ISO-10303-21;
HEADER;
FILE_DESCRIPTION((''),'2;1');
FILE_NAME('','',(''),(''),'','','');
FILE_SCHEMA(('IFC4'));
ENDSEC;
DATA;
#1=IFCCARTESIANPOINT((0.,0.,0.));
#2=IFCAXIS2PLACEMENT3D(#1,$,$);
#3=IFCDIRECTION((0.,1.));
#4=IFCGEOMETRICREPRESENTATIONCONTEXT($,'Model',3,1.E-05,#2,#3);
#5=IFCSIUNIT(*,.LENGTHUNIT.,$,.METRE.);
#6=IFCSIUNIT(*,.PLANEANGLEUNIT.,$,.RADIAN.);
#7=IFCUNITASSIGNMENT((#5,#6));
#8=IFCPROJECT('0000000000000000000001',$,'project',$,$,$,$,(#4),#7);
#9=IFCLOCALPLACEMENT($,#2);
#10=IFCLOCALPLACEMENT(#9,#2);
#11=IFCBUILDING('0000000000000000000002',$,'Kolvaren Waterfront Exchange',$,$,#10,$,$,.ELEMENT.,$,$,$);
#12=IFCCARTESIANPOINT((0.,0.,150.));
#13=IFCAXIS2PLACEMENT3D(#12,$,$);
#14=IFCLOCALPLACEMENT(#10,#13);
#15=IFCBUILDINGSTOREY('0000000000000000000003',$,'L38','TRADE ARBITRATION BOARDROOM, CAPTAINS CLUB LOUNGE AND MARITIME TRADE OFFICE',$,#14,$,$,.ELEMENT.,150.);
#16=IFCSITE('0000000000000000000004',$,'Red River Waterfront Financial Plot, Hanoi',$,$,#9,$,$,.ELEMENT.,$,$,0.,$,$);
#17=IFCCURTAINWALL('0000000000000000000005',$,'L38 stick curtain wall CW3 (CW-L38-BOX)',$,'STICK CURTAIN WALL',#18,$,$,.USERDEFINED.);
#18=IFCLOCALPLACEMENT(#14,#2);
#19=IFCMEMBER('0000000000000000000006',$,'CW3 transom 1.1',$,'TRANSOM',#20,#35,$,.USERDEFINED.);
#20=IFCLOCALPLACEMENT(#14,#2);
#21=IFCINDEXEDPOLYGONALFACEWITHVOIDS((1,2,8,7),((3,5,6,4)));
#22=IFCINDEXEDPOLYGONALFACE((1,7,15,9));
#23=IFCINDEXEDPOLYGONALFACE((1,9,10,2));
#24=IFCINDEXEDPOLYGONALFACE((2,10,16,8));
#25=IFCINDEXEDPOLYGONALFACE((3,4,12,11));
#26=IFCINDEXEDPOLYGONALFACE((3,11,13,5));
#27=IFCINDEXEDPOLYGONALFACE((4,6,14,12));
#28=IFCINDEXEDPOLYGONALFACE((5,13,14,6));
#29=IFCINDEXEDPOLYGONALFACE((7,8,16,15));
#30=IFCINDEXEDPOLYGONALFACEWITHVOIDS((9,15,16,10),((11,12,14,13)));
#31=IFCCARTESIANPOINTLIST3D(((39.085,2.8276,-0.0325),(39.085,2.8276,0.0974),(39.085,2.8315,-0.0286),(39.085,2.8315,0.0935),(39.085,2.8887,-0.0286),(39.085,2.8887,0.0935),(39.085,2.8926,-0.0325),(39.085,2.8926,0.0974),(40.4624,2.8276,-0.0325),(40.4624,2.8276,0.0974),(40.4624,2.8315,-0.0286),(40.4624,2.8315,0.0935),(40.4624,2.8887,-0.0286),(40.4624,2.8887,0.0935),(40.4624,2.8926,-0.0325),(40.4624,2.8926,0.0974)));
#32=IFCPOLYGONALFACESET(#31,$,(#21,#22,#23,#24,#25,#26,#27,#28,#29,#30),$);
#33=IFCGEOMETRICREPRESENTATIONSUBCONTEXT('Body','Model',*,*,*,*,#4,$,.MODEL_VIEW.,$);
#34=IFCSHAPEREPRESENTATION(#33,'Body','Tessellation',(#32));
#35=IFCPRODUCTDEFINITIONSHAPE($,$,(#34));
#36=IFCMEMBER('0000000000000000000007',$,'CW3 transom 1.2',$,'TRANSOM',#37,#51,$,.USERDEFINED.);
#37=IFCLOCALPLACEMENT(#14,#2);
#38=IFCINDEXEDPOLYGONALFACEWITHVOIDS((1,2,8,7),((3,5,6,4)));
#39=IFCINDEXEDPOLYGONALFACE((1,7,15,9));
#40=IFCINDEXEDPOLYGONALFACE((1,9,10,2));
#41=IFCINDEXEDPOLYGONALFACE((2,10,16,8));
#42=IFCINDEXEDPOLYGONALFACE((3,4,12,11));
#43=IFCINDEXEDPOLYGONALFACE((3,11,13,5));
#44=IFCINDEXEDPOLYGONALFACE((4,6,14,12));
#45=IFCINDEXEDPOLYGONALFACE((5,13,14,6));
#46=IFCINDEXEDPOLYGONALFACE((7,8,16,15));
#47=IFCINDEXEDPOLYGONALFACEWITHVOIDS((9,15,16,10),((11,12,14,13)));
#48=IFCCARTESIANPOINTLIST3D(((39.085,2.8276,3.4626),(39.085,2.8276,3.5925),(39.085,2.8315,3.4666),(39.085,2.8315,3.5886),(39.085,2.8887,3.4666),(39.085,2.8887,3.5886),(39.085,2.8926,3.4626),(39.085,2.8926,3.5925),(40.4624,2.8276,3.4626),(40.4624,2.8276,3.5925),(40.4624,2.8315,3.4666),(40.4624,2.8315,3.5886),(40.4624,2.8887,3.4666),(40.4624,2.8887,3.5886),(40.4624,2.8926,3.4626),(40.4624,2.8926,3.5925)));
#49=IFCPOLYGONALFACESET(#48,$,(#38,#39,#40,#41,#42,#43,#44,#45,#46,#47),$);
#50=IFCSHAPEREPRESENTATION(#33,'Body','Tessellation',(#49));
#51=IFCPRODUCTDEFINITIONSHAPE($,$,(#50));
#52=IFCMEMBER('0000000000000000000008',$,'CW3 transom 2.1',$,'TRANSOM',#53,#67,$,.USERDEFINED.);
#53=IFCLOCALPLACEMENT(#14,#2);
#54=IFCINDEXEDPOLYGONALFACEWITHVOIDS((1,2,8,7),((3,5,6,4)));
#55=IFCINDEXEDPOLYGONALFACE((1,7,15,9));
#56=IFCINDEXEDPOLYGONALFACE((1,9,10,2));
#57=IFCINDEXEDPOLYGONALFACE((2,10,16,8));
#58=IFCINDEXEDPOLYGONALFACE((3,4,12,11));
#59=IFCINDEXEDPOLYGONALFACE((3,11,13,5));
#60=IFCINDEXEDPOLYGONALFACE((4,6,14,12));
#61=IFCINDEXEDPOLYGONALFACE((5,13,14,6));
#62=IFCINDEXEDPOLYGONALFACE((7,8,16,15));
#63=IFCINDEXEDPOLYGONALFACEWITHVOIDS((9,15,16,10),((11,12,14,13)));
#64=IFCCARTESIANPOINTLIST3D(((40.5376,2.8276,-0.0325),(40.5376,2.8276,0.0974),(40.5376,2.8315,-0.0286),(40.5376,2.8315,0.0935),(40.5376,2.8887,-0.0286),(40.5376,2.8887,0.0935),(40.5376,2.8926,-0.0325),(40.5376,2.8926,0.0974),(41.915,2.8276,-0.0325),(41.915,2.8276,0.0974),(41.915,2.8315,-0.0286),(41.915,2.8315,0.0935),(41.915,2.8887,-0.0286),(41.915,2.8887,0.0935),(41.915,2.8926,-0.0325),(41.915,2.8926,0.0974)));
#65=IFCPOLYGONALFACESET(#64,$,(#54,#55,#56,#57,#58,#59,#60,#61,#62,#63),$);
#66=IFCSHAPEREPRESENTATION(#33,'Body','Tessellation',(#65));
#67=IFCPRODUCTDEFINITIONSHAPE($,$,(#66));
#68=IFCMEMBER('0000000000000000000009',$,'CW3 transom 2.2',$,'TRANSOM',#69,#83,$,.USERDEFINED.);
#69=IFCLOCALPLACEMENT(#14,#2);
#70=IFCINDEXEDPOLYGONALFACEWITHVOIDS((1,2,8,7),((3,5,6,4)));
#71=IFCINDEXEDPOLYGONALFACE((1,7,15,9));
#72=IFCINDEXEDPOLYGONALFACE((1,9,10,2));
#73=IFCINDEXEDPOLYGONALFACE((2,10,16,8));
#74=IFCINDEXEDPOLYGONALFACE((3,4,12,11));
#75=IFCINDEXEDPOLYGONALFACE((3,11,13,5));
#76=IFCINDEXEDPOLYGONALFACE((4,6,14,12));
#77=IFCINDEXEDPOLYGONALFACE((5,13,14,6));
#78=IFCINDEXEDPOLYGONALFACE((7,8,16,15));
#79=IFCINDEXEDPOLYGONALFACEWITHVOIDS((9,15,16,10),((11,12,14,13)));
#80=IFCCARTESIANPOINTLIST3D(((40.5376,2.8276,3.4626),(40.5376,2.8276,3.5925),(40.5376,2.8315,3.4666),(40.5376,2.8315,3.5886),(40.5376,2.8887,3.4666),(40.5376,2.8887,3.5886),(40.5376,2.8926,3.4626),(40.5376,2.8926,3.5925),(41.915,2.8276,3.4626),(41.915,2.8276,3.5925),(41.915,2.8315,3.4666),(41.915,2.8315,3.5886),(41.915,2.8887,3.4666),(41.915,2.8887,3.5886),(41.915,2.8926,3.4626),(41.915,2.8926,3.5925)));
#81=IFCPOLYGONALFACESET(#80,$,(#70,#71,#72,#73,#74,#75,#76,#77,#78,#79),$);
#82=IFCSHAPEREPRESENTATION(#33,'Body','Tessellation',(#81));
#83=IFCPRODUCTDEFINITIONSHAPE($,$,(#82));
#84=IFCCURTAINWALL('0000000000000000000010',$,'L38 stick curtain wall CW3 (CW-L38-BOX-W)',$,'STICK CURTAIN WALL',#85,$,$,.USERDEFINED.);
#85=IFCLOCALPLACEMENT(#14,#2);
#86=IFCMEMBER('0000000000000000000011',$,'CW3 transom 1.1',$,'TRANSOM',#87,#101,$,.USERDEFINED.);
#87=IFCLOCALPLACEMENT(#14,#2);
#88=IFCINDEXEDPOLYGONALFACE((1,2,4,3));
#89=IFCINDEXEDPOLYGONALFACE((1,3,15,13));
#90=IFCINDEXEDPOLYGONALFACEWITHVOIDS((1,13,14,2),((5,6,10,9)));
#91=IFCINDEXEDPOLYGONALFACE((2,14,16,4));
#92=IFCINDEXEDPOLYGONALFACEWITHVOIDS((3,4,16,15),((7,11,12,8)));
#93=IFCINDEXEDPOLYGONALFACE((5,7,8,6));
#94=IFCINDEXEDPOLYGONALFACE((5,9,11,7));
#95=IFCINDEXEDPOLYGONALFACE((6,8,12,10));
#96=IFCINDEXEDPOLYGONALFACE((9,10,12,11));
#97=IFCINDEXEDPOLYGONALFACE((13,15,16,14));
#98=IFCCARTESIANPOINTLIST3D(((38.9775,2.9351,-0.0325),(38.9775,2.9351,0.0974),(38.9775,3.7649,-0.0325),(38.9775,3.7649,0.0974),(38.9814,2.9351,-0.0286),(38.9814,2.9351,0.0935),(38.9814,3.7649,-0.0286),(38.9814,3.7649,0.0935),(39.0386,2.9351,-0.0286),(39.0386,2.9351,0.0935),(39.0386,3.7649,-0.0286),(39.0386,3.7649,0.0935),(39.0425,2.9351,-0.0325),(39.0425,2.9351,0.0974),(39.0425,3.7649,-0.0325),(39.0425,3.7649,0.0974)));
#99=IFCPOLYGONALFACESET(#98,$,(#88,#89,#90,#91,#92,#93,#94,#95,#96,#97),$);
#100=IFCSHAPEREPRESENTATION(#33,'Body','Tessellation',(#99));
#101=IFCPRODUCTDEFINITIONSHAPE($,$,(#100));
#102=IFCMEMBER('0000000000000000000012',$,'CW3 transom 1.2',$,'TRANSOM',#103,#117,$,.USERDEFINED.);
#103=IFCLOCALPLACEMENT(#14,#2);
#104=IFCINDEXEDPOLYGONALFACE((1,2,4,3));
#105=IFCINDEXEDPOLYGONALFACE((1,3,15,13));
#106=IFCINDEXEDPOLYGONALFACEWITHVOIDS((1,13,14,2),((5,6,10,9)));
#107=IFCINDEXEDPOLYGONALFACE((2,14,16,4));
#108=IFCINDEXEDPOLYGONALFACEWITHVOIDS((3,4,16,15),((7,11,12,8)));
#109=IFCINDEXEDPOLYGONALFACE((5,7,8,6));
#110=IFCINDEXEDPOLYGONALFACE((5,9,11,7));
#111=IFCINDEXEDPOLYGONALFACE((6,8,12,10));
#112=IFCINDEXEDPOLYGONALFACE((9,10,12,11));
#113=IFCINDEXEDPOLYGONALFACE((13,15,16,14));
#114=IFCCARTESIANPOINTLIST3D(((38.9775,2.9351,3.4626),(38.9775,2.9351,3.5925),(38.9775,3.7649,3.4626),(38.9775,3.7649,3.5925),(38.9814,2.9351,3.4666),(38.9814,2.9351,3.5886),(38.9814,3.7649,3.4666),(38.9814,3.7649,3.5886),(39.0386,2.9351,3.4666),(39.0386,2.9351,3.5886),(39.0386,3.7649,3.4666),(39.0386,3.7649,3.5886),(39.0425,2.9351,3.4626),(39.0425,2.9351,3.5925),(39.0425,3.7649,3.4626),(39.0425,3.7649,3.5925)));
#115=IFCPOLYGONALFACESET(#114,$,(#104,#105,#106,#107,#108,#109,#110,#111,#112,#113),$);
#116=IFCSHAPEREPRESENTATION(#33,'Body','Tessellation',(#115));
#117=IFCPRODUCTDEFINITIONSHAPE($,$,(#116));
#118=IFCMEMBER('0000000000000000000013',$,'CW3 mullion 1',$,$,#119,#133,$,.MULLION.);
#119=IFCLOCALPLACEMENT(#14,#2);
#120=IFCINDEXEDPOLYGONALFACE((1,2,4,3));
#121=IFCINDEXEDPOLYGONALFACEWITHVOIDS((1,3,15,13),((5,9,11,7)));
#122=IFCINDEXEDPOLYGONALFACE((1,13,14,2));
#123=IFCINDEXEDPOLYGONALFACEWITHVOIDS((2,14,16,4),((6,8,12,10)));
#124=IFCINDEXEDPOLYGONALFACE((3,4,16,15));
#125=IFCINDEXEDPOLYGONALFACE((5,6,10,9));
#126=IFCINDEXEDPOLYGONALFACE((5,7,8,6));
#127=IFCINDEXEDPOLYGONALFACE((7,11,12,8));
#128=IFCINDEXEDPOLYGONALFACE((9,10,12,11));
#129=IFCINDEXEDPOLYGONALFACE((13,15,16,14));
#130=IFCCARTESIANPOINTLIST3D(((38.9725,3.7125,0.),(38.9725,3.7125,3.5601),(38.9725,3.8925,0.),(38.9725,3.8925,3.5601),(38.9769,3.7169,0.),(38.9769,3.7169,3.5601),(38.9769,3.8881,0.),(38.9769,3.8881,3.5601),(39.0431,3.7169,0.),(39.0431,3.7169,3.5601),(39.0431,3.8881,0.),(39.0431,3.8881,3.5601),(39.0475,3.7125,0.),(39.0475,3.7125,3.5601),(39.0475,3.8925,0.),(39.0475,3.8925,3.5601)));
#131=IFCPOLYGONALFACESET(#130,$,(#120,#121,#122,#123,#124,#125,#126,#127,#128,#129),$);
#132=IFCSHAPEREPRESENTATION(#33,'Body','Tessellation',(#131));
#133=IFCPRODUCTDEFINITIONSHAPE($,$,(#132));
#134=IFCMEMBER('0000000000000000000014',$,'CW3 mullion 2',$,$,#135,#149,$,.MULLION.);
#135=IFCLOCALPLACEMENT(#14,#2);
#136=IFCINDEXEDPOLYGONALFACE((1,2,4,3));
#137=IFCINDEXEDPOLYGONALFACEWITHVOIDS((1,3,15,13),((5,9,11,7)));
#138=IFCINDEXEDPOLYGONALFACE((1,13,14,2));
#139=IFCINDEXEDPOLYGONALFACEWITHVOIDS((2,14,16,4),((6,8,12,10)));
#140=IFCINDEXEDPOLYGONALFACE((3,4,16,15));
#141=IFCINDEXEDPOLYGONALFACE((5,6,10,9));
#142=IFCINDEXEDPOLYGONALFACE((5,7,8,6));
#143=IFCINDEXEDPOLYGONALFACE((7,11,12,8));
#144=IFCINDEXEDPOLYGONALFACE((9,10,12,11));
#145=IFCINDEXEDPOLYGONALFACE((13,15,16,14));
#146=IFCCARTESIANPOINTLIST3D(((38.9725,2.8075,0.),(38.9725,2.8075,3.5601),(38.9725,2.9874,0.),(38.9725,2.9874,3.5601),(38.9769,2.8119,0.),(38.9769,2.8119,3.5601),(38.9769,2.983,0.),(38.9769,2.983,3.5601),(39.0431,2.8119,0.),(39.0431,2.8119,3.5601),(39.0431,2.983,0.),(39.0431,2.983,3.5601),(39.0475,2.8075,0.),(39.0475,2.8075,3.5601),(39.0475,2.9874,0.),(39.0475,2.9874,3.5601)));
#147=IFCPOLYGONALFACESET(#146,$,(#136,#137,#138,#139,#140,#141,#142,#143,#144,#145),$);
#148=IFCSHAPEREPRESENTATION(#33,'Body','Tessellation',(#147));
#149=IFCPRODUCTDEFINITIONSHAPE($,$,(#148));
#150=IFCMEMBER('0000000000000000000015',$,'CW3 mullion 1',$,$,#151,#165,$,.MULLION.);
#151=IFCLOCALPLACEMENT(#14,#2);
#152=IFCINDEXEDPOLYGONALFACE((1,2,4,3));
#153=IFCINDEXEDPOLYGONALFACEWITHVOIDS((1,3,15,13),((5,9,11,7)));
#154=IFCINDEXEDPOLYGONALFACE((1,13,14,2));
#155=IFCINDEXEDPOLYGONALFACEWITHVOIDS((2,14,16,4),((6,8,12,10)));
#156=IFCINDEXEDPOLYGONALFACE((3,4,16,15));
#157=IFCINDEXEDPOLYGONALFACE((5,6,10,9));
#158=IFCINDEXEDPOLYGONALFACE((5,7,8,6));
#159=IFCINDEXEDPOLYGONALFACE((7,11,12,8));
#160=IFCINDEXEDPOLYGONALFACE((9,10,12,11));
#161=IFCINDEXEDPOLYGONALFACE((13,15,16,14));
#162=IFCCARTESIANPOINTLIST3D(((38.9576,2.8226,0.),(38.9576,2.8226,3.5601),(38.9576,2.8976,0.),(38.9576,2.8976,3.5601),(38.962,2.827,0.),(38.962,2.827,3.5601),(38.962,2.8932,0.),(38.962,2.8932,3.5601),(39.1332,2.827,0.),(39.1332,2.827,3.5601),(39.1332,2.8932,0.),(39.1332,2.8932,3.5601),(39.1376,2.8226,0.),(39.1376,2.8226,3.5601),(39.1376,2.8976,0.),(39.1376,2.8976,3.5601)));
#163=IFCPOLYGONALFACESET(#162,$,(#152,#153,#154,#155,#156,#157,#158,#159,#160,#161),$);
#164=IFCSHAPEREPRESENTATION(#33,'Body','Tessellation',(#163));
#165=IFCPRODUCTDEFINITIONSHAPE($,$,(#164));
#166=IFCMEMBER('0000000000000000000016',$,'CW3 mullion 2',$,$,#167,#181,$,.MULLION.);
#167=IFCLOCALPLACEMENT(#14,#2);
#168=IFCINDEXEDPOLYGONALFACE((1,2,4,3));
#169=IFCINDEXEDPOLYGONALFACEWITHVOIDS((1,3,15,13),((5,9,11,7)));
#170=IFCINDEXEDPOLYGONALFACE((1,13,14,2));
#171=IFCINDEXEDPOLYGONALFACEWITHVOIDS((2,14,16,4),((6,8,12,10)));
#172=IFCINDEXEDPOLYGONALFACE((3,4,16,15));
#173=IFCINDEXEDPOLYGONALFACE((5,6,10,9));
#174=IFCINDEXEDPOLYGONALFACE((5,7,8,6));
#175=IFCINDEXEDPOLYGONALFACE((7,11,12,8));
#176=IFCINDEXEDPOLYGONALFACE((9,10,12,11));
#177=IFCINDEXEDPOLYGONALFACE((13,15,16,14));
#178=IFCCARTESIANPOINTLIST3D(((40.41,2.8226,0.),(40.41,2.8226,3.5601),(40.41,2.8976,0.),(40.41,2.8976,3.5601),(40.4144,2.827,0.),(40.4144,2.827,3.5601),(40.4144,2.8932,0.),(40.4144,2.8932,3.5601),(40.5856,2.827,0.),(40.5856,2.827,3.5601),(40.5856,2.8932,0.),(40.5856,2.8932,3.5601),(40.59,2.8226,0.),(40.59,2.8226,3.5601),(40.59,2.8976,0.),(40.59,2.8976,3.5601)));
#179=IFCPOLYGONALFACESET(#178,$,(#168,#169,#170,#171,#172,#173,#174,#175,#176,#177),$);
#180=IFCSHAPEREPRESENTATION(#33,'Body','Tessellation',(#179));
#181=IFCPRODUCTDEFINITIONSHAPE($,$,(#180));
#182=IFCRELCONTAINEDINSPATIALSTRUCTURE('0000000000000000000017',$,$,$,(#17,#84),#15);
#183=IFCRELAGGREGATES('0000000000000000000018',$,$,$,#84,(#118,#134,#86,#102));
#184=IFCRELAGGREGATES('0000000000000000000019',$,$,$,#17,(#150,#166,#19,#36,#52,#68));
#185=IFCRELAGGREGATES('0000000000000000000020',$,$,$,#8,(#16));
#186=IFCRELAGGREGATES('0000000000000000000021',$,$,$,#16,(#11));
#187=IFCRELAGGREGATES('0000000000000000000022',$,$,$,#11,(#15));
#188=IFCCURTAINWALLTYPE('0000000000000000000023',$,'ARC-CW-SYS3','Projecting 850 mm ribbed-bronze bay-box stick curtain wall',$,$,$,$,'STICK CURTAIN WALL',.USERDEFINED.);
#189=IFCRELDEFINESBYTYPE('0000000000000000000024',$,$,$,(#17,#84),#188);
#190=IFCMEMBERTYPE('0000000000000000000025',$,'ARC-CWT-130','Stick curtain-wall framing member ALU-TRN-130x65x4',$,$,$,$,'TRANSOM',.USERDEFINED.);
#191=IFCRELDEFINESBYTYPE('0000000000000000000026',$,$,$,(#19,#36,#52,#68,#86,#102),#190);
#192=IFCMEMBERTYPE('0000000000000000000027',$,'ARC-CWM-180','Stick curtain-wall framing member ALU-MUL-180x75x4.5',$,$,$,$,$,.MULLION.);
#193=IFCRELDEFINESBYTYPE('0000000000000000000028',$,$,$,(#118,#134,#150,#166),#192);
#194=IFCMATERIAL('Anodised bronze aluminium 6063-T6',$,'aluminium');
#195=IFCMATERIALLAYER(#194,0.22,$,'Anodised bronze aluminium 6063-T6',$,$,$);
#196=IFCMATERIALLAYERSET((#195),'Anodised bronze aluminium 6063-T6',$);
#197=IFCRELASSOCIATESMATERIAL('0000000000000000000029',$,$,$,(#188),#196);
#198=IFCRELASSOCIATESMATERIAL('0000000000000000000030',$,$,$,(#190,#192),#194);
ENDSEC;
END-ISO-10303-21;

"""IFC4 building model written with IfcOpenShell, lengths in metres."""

from ifc_helpers import new_model, si_unit, direction, frame, origin, origin_with_axes, origin_2d, place, context, subcontext, project, spatial, hollow_rectangle, extrude, source, transform, mapped, material, layer, layer_set, material_profile, profile_set, type_object, element, aggregate, save


model = new_model("IFC4")

# Units and contexts
model_context = context("Model", 3, precision=1e-05, world=origin(), true_north=direction((0.0, 1.0)))
body_context = subcontext(model_context, "Body", "Model", "MODEL_VIEW")
ifc_project = project(units=[si_unit("LENGTHUNIT", "METRE"), si_unit("PLANEANGLEUNIT", "RADIAN")], contexts=[model_context])

# Site, building, storey
site_placement = place(None, origin())
site = spatial("IfcSite", under=ifc_project, at=site_placement, Name="Red River Waterfront Financial Plot, Hanoi", CompositionType="ELEMENT", RefElevation=0.0)
building_placement = place(site_placement, origin())
building = spatial("IfcBuilding", under=site, at=building_placement, Name="Kolvaren Waterfront Exchange", CompositionType="ELEMENT")
storey_placement = place(building_placement, frame((0.0, 0.0, 150.0)))
storey = spatial("IfcBuildingStorey", under=building, at=storey_placement, Name="L38", Description="TRADE ARBITRATION BOARDROOM, CAPTAINS CLUB LOUNGE AND MARITIME TRADE OFFICE", CompositionType="ELEMENT", Elevation=150.0)

# Curtain walls, members
ifc_material_1 = material(Name="Anodised bronze aluminium 6063-T6", Category="aluminium")
ifc_layer_1 = layer(ifc_material_1, 0.22, Name="Anodised bronze aluminium 6063-T6")
ifc_layer_set_1 = layer_set([ifc_layer_1], Name="Anodised bronze aluminium 6063-T6")
curtain_wall_type_1 = type_object("IfcCurtainWallType", Name="ARC-CW-SYS3", Description="Projecting 850 mm ribbed-bronze bay-box stick curtain wall", ElementType="STICK CURTAIN WALL", PredefinedType="USERDEFINED", material=ifc_layer_set_1)
curtain_wall_1_placement = place(storey_placement, origin())
curtain_wall_1 = element("IfcCurtainWall", 1, at=curtain_wall_1_placement, inside=storey, type_object=curtain_wall_type_1, Name="L38 stick curtain wall CW3 (CW-L38-BOX)", ObjectType="STICK CURTAIN WALL", PredefinedType="USERDEFINED")
ifc_material_profile_1 = material_profile(ifc_material_1, hollow_rectangle(XDim=0.0649, YDim=0.1299, WallThickness=0.0039, at=origin_2d()), Name="ALU-TRN-130x65x4")
ifc_profile_set_1 = profile_set([ifc_material_profile_1], Name="Anodised bronze aluminium 6063-T6")
member_type_1 = type_object("IfcMemberType", Name="ARC-CWT-130", Description="Stick curtain-wall framing member ALU-TRN-130x65x4", ElementType="TRANSOM", PredefinedType="USERDEFINED", material=ifc_profile_set_1)
shared_shape_1 = source(origin_with_axes(), body_context, "Body", "SweptSolid", [
    extrude(hollow_rectangle(XDim=0.0649, YDim=0.1299, WallThickness=0.0039, at=origin_2d()), origin(), (0.0, 0.0, 1.0), 1.3774),
])
member_1_placement = place(storey_placement, frame((39.085, 2.8601, 0.0325), z_axis=(1.0, 0.0, 0.0), x_axis=(0.0, 1.0, 0.0)))
member_1 = element("IfcMember", 2, at=member_1_placement, type_object=member_type_1, Name="CW3 transom 1.1", ObjectType="TRANSOM", PredefinedType="USERDEFINED", context=body_context, shape_type="MappedRepresentation", body=[
    mapped(shared_shape_1, transform((0.0, 0.0, 0.0), x_axis=(1.0, 0.0, 0.0), y_axis=(0.0, 1.0, 0.0), z_axis=(0.0, 0.0, 1.0), scale=1.0)),
])
member_2_placement = place(storey_placement, frame((39.085, 2.8601, 3.5276), z_axis=(1.0, 0.0, 0.0), x_axis=(0.0, 1.0, 0.0)))
member_2 = element("IfcMember", 3, at=member_2_placement, type_object=member_type_1, Name="CW3 transom 1.2", ObjectType="TRANSOM", PredefinedType="USERDEFINED", context=body_context, shape_type="MappedRepresentation", body=[
    mapped(shared_shape_1, transform((0.0, 0.0, 0.0), x_axis=(1.0, 0.0, 0.0), y_axis=(0.0, 1.0, 0.0), z_axis=(0.0, 0.0, 1.0), scale=1.0)),
])
member_3_placement = place(storey_placement, frame((40.5376, 2.8601, 0.0325), z_axis=(1.0, 0.0, 0.0), x_axis=(0.0, 1.0, 0.0)))
member_3 = element("IfcMember", 4, at=member_3_placement, type_object=member_type_1, Name="CW3 transom 2.1", ObjectType="TRANSOM", PredefinedType="USERDEFINED", context=body_context, shape_type="MappedRepresentation", body=[
    mapped(shared_shape_1, transform((0.0, 0.0, 0.0), x_axis=(1.0, 0.0, 0.0), y_axis=(0.0, 1.0, 0.0), z_axis=(0.0, 0.0, 1.0), scale=1.0)),
])
member_4_placement = place(storey_placement, frame((40.5376, 2.8601, 3.5276), z_axis=(1.0, 0.0, 0.0), x_axis=(0.0, 1.0, 0.0)))
member_4 = element("IfcMember", 5, at=member_4_placement, type_object=member_type_1, Name="CW3 transom 2.2", ObjectType="TRANSOM", PredefinedType="USERDEFINED", context=body_context, shape_type="MappedRepresentation", body=[
    mapped(shared_shape_1, transform((0.0, 0.0, 0.0), x_axis=(1.0, 0.0, 0.0), y_axis=(0.0, 1.0, 0.0), z_axis=(0.0, 0.0, 1.0), scale=1.0)),
])
curtain_wall_2_placement = place(storey_placement, origin())
curtain_wall_2 = element("IfcCurtainWall", 6, at=curtain_wall_2_placement, inside=storey, type_object=curtain_wall_type_1, Name="L38 stick curtain wall CW3 (CW-L38-BOX-W)", ObjectType="STICK CURTAIN WALL", PredefinedType="USERDEFINED")
shared_shape_2 = source(origin_with_axes(), body_context, "Body", "SweptSolid", [
    extrude(hollow_rectangle(XDim=0.0649, YDim=0.1299, WallThickness=0.0039, at=origin_2d()), origin(), (0.0, 0.0, 1.0), 0.8298),
])
member_5_placement = place(storey_placement, frame((39.01, 3.7649, 0.0325), z_axis=(0.0, -1.0, 0.0), x_axis=(1.0, 0.0, 0.0)))
member_5 = element("IfcMember", 7, at=member_5_placement, type_object=member_type_1, Name="CW3 transom 1.1", ObjectType="TRANSOM", PredefinedType="USERDEFINED", context=body_context, shape_type="MappedRepresentation", body=[
    mapped(shared_shape_2, transform((0.0, 0.0, 0.0), x_axis=(1.0, 0.0, 0.0), y_axis=(0.0, 1.0, 0.0), z_axis=(0.0, 0.0, 1.0), scale=1.0)),
])
member_6_placement = place(storey_placement, frame((39.01, 3.7649, 3.5276), z_axis=(0.0, -1.0, 0.0), x_axis=(1.0, 0.0, 0.0)))
member_6 = element("IfcMember", 8, at=member_6_placement, type_object=member_type_1, Name="CW3 transom 1.2", ObjectType="TRANSOM", PredefinedType="USERDEFINED", context=body_context, shape_type="MappedRepresentation", body=[
    mapped(shared_shape_2, transform((0.0, 0.0, 0.0), x_axis=(1.0, 0.0, 0.0), y_axis=(0.0, 1.0, 0.0), z_axis=(0.0, 0.0, 1.0), scale=1.0)),
])
ifc_material_profile_2 = material_profile(ifc_material_1, hollow_rectangle(XDim=0.075, YDim=0.1799, WallThickness=0.0044, at=origin_2d()), Name="ALU-MUL-180x75x4.5")
ifc_profile_set_2 = profile_set([ifc_material_profile_2], Name="Anodised bronze aluminium 6063-T6")
member_type_2 = type_object("IfcMemberType", Name="ARC-CWM-180", Description="Stick curtain-wall framing member ALU-MUL-180x75x4.5", PredefinedType="MULLION", material=ifc_profile_set_2)
shared_shape_3 = source(origin_with_axes(), body_context, "Body", "SweptSolid", [
    extrude(hollow_rectangle(XDim=0.075, YDim=0.1799, WallThickness=0.0044, at=origin_2d()), origin(), (0.0, 0.0, 1.0), 3.5601),
])
member_7_placement = place(storey_placement, frame((39.01, 3.8025, 0.0), z_axis=(0.0, 0.0, 1.0), x_axis=(1.0, 0.0, 0.0)))
member_7 = element("IfcMember", 9, at=member_7_placement, type_object=member_type_2, Name="CW3 mullion 1", PredefinedType="MULLION", context=body_context, shape_type="MappedRepresentation", body=[
    mapped(shared_shape_3, transform((0.0, 0.0, 0.0), x_axis=(1.0, 0.0, 0.0), y_axis=(0.0, 1.0, 0.0), z_axis=(0.0, 0.0, 1.0), scale=1.0)),
])
member_8_placement = place(storey_placement, frame((39.01, 2.8975, 0.0), z_axis=(0.0, 0.0, 1.0), x_axis=(1.0, 0.0, 0.0)))
member_8 = element("IfcMember", 10, at=member_8_placement, type_object=member_type_2, Name="CW3 mullion 2", PredefinedType="MULLION", context=body_context, shape_type="MappedRepresentation", body=[
    mapped(shared_shape_3, transform((0.0, 0.0, 0.0), x_axis=(1.0, 0.0, 0.0), y_axis=(0.0, 1.0, 0.0), z_axis=(0.0, 0.0, 1.0), scale=1.0)),
])

# Members
member_9_placement = place(storey_placement, frame((39.0476, 2.8601, 0.0), z_axis=(0.0, 0.0, 1.0), x_axis=(0.0, 1.0, 0.0)))
member_9 = element("IfcMember", 11, at=member_9_placement, type_object=member_type_2, Name="CW3 mullion 1", PredefinedType="MULLION", context=body_context, shape_type="MappedRepresentation", body=[
    mapped(shared_shape_3, transform((0.0, 0.0, 0.0), x_axis=(1.0, 0.0, 0.0), y_axis=(0.0, 1.0, 0.0), z_axis=(0.0, 0.0, 1.0), scale=1.0)),
])
member_10_placement = place(storey_placement, frame((40.5, 2.8601, 0.0), z_axis=(0.0, 0.0, 1.0), x_axis=(0.0, 1.0, 0.0)))
member_10 = element("IfcMember", 12, at=member_10_placement, type_object=member_type_2, Name="CW3 mullion 2", PredefinedType="MULLION", context=body_context, shape_type="MappedRepresentation", body=[
    mapped(shared_shape_3, transform((0.0, 0.0, 0.0), x_axis=(1.0, 0.0, 0.0), y_axis=(0.0, 1.0, 0.0), z_axis=(0.0, 0.0, 1.0), scale=1.0)),
])

aggregate(curtain_wall_2, [member_7, member_8, member_5, member_6])
aggregate(curtain_wall_1, [member_9, member_10, member_1, member_2, member_3, member_4])

save(model, "model.ifc")
